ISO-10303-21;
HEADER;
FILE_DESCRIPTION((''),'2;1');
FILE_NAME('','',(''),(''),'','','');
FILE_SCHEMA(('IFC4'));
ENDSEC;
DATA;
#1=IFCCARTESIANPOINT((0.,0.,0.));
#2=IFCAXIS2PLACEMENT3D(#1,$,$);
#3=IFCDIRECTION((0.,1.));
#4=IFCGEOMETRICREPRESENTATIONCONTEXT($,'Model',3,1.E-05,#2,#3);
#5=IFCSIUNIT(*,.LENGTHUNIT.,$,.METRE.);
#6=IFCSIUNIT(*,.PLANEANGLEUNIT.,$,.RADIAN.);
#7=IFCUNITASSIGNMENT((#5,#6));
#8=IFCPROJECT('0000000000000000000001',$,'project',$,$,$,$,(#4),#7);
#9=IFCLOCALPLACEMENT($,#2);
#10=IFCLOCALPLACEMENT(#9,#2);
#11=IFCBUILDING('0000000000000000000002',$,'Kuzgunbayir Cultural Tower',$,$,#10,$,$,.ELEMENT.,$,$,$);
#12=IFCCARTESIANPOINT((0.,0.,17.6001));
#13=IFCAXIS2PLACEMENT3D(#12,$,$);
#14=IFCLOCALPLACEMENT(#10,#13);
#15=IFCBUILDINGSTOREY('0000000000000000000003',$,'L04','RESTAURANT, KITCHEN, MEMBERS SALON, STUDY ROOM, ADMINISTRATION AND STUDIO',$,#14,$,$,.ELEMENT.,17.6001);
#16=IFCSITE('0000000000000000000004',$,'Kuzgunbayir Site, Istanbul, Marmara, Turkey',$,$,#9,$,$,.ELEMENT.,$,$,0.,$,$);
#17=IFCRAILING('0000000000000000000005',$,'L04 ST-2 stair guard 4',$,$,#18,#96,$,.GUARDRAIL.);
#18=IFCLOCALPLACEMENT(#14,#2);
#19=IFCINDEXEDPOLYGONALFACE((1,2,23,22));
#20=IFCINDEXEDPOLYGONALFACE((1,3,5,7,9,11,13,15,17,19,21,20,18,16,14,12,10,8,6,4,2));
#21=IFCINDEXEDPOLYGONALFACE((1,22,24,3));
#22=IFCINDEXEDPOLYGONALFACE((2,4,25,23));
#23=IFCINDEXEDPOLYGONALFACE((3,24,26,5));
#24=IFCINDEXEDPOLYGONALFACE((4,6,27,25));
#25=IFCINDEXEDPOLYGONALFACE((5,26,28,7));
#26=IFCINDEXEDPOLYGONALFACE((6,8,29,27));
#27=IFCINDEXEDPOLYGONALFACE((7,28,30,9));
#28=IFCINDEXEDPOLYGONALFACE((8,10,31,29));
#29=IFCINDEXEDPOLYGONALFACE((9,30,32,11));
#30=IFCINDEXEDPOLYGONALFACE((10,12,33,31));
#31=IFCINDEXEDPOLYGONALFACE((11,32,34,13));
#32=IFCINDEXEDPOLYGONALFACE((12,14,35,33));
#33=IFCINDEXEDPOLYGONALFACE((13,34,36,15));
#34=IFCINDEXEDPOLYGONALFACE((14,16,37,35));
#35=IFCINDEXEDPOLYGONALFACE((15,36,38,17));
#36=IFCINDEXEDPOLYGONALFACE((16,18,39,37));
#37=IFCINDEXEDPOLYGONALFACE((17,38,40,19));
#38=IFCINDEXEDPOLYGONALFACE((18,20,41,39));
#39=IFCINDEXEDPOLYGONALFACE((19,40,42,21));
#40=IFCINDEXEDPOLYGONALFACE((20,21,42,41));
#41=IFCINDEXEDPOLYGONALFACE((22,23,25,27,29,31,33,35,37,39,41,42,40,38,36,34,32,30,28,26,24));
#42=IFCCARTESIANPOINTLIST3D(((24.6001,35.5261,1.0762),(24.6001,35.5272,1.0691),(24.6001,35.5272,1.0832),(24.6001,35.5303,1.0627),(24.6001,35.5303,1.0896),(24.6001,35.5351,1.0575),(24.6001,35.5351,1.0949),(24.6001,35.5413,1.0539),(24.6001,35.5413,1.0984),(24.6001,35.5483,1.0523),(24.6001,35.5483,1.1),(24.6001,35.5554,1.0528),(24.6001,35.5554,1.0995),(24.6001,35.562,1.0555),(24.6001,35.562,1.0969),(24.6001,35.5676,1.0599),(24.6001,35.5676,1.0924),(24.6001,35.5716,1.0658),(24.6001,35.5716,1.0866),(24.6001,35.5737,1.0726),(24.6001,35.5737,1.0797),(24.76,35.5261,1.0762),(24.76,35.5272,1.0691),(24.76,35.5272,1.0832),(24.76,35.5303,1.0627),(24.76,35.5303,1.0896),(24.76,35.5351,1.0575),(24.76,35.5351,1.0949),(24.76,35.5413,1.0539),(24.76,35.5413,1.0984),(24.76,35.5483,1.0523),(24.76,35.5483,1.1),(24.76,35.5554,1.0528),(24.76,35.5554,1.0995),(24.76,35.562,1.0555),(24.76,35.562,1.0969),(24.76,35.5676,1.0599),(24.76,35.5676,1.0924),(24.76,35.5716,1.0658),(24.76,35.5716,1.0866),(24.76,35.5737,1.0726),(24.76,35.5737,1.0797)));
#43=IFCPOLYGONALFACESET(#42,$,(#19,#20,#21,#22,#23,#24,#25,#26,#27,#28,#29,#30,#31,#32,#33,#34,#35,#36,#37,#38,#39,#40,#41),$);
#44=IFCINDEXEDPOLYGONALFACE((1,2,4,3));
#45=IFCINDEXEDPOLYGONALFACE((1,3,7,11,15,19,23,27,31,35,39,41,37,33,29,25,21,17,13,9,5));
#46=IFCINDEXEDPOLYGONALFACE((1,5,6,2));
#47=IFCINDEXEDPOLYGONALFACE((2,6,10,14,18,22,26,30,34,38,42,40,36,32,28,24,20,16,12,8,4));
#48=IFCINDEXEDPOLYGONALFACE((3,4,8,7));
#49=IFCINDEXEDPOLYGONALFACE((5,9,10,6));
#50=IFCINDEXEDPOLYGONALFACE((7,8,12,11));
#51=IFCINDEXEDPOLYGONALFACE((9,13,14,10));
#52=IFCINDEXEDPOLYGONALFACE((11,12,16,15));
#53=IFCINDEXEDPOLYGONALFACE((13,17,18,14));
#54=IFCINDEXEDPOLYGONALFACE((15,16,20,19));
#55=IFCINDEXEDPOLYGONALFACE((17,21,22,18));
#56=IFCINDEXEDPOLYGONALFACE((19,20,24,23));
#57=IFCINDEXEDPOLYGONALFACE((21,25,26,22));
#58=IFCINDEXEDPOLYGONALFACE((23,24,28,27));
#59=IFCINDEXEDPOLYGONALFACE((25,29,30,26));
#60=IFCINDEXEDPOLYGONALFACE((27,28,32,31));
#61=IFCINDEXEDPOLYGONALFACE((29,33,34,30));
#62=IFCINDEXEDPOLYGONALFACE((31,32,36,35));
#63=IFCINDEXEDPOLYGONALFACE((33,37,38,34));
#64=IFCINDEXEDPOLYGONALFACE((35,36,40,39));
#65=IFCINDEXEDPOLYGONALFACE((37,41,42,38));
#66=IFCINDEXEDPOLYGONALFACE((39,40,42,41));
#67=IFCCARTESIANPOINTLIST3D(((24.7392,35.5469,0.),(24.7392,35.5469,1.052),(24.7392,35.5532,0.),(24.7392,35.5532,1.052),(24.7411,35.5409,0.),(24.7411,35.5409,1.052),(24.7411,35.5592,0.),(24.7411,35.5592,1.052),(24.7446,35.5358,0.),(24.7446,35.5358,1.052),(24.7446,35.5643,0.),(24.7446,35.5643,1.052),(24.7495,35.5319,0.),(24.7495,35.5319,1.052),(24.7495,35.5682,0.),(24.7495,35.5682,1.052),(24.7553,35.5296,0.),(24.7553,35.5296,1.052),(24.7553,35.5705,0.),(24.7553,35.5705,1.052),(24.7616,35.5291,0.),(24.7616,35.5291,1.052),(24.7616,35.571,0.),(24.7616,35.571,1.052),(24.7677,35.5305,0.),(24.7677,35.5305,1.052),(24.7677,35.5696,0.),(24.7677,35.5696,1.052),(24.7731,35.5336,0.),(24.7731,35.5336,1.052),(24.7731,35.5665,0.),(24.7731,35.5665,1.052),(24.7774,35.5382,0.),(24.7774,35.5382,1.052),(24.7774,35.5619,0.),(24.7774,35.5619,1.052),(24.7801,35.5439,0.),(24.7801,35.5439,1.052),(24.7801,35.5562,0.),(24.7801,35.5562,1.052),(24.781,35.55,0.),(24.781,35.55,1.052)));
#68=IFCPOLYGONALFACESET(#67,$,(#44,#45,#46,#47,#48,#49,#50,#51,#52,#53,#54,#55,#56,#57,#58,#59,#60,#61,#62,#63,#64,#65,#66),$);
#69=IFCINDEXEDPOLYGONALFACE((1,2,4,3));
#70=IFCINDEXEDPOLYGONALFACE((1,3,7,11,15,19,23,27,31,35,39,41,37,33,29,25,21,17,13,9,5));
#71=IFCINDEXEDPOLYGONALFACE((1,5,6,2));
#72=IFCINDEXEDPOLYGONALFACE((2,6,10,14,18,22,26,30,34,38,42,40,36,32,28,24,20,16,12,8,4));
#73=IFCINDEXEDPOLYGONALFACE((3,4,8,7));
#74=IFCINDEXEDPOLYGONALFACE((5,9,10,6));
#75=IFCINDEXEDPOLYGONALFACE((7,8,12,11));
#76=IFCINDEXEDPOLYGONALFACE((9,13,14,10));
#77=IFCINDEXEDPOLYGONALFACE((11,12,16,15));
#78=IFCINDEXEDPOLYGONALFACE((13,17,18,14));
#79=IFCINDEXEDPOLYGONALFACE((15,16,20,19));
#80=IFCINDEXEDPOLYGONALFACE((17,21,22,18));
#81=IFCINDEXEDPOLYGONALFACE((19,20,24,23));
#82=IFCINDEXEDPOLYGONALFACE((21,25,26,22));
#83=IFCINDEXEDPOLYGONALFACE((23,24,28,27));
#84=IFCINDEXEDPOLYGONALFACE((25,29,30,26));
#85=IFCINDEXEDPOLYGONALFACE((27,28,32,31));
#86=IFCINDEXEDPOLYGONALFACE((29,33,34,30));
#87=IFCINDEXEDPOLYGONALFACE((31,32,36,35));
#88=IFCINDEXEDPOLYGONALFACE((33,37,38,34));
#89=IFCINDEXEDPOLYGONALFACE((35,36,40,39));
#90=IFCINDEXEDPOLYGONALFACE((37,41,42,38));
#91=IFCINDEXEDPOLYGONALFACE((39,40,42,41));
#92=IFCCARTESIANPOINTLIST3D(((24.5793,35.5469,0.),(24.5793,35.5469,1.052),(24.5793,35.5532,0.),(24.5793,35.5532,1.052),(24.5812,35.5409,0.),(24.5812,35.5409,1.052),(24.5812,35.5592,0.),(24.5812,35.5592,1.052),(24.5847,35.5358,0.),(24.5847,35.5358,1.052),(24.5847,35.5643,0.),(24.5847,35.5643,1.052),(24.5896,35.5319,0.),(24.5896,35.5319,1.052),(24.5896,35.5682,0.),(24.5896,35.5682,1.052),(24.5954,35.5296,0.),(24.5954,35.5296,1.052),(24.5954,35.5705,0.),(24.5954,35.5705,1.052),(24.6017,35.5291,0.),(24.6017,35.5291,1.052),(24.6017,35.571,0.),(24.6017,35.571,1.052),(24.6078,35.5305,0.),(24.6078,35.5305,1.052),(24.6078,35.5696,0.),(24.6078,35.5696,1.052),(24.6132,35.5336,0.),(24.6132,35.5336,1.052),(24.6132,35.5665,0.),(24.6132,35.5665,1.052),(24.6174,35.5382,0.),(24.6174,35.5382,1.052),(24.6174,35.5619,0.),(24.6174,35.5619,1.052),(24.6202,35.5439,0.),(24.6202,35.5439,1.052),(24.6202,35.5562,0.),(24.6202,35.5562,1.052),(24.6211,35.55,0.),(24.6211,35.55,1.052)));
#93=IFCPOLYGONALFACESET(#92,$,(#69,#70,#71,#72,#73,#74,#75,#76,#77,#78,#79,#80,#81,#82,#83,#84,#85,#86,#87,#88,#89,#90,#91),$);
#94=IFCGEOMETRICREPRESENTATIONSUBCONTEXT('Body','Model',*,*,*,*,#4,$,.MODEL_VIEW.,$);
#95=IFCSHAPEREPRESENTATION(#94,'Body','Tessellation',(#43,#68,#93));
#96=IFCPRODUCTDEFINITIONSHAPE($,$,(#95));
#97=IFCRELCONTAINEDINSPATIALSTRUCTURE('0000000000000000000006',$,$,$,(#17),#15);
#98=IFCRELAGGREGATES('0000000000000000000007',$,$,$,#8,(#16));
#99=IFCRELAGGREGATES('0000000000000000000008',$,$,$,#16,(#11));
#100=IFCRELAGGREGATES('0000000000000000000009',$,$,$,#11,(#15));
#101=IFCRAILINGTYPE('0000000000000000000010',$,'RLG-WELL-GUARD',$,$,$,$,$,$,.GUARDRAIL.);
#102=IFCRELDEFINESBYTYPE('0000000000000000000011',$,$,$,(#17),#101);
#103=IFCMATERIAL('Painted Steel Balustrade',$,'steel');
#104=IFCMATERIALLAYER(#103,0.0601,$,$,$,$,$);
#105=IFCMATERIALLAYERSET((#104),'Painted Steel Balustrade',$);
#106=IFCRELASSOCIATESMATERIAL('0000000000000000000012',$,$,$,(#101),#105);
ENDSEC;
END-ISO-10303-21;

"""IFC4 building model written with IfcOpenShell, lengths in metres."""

from ifc_helpers import new_model, si_unit, direction, frame, origin, origin_2d, place, context, subcontext, project, spatial, circle, extrude, material, layer, layer_set, type_object, element, save


model = new_model("IFC4")

# Units and contexts
model_context = context("Model", 3, precision=1e-05, world=origin(), true_north=direction((0.0, 1.0)))
body_context = subcontext(model_context, "Body", "Model", "MODEL_VIEW")
ifc_project = project(units=[si_unit("LENGTHUNIT", "METRE"), si_unit("PLANEANGLEUNIT", "RADIAN")], contexts=[model_context])

# Site, building, storey
site_placement = place(None, origin())
site = spatial("IfcSite", under=ifc_project, at=site_placement, Name="Kuzgunbayir Site, Istanbul, Marmara, Turkey", CompositionType="ELEMENT", RefElevation=0.0)
building_placement = place(site_placement, origin())
building = spatial("IfcBuilding", under=site, at=building_placement, Name="Kuzgunbayir Cultural Tower", CompositionType="ELEMENT")
storey_placement = place(building_placement, frame((0.0, 0.0, 17.6001)))
storey = spatial("IfcBuildingStorey", under=building, at=storey_placement, Name="L04", Description="RESTAURANT, KITCHEN, MEMBERS SALON, STUDY ROOM, ADMINISTRATION AND STUDIO", CompositionType="ELEMENT", Elevation=17.6001)

# Railing
ifc_material_1 = material(Name="Painted Steel Balustrade", Category="steel")
ifc_layer_1 = layer(ifc_material_1, 0.0601)
ifc_layer_set_1 = layer_set([ifc_layer_1], Name="Painted Steel Balustrade")
railing_type_1 = type_object("IfcRailingType", Name="RLG-WELL-GUARD", PredefinedType="GUARDRAIL", material=ifc_layer_set_1)
railing_1_placement = place(storey_placement, frame((24.76, 35.55, 0.0)))
element("IfcRailing", 1, at=railing_1_placement, inside=storey, type_object=railing_type_1, Name="L04 ST-2 stair guard 4", PredefinedType="GUARDRAIL", context=body_context, shape_type="SweptSolid", body=[
    extrude(circle(Radius=0.0239, at=origin_2d()), frame((0.0, 0.0, 1.0762), z_axis=(-1.0, 0.0, 0.0), x_axis=(0.0, -1.0, 0.0)), (0.0, 0.0, 1.0), 0.1599),
    extrude(circle(Radius=0.021, at=origin_2d()), origin(), (0.0, 0.0, 1.0), 1.052),
    extrude(circle(Radius=0.021, at=origin_2d()), frame((-0.1599, 0.0, 0.0)), (0.0, 0.0, 1.0), 1.052),
])

save(model, "model.ifc")
